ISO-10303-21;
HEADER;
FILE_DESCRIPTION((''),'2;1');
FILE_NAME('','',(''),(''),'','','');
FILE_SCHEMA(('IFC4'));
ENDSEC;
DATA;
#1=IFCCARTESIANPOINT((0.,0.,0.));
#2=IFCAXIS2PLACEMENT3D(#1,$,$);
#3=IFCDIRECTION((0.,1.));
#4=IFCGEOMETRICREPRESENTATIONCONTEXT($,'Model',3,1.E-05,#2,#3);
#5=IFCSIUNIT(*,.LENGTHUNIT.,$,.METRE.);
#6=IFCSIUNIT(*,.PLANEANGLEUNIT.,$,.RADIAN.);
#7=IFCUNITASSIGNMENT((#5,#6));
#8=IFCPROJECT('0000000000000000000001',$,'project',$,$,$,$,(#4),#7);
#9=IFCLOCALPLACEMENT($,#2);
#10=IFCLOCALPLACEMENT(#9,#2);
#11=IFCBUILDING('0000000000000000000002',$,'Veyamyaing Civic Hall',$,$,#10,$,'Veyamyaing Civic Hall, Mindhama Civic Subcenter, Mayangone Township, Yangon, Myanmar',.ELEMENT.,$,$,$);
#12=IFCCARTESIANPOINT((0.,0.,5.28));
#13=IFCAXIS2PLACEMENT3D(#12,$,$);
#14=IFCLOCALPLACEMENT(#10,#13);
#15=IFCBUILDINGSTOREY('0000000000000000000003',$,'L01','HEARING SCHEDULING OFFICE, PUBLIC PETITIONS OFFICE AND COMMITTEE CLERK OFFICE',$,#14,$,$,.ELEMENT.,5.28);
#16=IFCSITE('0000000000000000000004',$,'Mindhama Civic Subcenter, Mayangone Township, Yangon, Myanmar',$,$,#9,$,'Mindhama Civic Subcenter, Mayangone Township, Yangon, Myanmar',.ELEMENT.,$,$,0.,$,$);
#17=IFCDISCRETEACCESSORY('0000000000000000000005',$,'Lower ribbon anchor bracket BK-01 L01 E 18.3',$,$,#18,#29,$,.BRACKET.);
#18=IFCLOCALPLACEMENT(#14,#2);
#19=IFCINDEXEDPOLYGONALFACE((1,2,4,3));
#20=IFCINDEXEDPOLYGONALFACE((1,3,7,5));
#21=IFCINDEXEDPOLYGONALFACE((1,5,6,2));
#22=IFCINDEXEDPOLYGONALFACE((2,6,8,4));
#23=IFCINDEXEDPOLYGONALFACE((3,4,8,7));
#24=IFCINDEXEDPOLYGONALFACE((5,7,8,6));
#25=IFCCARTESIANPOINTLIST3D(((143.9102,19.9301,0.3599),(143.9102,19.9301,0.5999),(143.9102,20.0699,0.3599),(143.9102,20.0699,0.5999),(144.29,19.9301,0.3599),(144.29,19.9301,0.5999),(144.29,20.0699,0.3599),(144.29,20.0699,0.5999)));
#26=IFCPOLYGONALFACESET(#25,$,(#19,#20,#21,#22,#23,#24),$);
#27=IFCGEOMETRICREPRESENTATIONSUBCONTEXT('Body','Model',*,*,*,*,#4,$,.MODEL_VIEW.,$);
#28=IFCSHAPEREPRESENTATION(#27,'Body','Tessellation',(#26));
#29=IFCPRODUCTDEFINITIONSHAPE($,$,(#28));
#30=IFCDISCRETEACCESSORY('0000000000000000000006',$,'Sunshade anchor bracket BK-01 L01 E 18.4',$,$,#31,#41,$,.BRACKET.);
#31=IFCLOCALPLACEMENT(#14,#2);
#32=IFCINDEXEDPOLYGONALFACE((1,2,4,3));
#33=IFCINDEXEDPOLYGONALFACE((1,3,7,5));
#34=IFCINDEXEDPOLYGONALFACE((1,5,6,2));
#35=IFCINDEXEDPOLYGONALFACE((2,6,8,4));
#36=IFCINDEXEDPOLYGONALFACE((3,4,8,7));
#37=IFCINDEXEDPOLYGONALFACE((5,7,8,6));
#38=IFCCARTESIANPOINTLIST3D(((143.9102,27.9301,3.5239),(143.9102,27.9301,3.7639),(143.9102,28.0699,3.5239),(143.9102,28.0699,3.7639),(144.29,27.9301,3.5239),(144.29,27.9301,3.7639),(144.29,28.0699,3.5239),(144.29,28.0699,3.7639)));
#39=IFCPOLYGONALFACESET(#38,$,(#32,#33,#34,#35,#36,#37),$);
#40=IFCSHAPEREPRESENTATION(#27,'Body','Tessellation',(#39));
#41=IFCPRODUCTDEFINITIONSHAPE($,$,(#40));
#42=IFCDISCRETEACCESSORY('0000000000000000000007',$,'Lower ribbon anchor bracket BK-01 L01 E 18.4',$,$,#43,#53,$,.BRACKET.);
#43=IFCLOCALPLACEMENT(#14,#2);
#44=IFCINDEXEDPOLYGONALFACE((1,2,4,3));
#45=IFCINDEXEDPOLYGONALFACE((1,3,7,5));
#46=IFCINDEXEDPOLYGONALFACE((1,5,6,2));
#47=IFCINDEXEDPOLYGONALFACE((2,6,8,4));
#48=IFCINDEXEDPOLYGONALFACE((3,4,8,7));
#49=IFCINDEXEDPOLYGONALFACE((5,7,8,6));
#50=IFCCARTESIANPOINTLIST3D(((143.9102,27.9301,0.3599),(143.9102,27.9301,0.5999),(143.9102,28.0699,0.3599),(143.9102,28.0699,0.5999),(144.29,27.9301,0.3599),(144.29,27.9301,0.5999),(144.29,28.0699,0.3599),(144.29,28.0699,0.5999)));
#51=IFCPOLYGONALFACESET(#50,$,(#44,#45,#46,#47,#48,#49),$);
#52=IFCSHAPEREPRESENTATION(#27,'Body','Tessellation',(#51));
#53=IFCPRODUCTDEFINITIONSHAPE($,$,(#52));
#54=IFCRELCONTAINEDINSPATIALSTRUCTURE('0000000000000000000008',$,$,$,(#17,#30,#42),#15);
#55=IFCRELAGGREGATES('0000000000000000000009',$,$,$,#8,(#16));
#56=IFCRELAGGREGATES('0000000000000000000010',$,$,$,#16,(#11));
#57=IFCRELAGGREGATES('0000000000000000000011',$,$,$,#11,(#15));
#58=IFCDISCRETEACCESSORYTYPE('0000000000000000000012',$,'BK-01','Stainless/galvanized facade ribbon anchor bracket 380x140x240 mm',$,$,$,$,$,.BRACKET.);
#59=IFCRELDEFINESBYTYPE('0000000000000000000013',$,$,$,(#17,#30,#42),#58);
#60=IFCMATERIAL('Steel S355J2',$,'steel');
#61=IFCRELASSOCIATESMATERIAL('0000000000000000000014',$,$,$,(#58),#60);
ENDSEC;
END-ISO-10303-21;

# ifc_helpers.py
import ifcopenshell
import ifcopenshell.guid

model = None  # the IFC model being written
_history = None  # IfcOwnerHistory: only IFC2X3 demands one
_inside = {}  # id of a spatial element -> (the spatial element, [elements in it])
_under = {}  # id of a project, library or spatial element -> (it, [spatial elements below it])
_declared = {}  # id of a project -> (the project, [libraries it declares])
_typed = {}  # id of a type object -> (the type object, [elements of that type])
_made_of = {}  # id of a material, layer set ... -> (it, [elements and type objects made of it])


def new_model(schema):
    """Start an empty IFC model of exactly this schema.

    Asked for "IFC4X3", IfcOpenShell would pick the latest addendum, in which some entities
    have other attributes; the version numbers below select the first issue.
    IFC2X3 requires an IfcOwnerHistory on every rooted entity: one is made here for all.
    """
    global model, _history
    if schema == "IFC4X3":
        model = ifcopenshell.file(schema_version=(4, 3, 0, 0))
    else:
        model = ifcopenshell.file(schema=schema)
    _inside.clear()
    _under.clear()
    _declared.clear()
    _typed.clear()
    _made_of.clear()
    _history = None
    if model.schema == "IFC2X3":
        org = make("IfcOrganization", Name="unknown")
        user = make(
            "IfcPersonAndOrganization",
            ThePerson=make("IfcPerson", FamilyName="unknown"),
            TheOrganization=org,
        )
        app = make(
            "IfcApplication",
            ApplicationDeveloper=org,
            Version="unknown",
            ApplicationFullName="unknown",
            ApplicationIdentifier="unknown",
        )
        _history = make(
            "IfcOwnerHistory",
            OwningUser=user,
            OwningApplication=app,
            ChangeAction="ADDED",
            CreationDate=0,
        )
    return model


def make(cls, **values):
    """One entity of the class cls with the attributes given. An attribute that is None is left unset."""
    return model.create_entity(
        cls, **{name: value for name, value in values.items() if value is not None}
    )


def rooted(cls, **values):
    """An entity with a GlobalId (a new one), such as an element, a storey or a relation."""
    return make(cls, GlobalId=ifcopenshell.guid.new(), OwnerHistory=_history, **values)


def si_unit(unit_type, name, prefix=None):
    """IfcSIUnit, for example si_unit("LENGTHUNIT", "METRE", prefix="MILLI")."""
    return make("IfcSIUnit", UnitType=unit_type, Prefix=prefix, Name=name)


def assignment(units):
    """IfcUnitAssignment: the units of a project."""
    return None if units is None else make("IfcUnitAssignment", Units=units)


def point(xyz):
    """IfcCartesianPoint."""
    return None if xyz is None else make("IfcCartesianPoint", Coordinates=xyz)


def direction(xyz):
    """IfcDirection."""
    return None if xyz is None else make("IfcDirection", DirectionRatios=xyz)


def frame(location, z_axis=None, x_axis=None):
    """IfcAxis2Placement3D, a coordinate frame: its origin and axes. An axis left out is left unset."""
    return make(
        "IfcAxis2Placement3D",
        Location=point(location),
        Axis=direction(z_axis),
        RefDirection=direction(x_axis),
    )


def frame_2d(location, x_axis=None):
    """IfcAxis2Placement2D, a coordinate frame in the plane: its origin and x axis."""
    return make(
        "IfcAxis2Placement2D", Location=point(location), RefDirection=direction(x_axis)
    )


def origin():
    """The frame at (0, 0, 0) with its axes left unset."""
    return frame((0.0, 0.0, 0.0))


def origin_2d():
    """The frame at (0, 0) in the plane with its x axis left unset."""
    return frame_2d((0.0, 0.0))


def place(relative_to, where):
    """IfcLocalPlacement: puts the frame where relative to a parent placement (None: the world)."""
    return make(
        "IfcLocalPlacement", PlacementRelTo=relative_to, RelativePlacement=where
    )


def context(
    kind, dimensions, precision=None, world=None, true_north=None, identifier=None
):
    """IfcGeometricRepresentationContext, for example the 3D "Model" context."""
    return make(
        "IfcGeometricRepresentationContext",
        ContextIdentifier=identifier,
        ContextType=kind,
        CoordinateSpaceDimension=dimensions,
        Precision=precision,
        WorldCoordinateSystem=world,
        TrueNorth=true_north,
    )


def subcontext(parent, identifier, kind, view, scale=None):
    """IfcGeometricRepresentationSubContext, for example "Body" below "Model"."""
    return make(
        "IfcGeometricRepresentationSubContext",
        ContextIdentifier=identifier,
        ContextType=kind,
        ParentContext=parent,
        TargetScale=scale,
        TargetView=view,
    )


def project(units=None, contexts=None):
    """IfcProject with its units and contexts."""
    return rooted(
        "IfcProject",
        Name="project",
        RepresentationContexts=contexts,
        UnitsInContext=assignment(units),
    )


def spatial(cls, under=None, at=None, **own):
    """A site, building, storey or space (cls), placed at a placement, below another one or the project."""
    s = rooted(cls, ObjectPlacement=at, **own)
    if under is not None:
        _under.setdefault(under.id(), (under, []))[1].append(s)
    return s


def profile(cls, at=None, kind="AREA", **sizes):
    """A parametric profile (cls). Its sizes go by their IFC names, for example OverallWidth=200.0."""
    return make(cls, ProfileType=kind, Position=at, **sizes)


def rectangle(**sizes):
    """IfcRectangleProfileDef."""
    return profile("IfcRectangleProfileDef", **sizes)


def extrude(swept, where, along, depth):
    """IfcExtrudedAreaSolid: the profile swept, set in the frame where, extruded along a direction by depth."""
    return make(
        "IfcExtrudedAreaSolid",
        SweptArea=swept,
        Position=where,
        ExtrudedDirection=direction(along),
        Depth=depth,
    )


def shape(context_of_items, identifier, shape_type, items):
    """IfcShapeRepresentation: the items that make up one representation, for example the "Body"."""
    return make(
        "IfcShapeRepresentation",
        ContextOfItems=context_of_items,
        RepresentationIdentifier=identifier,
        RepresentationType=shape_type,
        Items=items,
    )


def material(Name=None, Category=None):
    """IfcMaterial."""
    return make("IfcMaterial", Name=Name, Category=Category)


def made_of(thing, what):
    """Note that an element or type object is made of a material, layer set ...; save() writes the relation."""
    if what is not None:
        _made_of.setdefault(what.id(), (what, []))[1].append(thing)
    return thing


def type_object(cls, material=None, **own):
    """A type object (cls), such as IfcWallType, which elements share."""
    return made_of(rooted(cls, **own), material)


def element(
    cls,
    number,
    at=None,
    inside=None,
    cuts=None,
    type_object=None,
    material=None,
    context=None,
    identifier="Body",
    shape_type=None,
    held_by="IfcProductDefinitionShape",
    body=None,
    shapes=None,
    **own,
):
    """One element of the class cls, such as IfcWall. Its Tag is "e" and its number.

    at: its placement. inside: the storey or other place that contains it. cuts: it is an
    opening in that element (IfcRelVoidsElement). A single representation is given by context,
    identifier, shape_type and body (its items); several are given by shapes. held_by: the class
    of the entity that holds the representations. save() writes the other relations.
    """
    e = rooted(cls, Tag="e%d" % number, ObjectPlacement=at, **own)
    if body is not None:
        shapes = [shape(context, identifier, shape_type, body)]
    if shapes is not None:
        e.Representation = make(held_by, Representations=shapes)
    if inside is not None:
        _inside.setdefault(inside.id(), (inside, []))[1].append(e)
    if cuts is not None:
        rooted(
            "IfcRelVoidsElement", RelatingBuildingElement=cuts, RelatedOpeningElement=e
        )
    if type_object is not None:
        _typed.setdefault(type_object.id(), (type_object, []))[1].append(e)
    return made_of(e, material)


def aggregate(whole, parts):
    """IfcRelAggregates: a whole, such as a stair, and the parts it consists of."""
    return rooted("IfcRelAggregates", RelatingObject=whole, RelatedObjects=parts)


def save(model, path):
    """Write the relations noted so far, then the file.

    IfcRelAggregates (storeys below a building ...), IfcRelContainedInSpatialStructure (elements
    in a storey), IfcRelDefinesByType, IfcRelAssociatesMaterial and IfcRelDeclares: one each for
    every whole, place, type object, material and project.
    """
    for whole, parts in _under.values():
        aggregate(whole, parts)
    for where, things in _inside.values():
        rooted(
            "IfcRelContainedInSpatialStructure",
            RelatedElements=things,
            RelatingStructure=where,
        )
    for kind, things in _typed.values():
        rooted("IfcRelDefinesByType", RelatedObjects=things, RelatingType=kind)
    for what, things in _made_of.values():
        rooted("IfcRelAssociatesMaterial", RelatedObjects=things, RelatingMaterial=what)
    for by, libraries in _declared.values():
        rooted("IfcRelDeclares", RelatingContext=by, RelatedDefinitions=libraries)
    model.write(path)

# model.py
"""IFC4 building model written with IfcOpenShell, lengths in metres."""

from ifc_helpers import new_model, si_unit, direction, frame, origin, origin_2d, place, context, subcontext, project, spatial, rectangle, extrude, material, type_object, element, save


model = new_model("IFC4")

# Units and contexts
model_context = context("Model", 3, precision=1e-05, world=origin(), true_north=direction((0.0, 1.0)))
body_context = subcontext(model_context, "Body", "Model", "MODEL_VIEW")
ifc_project = project(units=[si_unit("LENGTHUNIT", "METRE"), si_unit("PLANEANGLEUNIT", "RADIAN")], contexts=[model_context])

# Site, building, storey
site_placement = place(None, origin())
site = spatial("IfcSite", under=ifc_project, at=site_placement, Name="Mindhama Civic Subcenter, Mayangone Township, Yangon, Myanmar", LongName="Mindhama Civic Subcenter, Mayangone Township, Yangon, Myanmar", CompositionType="ELEMENT", RefElevation=0.0)
building_placement = place(site_placement, origin())
building = spatial("IfcBuilding", under=site, at=building_placement, Name="Veyamyaing Civic Hall", LongName="Veyamyaing Civic Hall, Mindhama Civic Subcenter, Mayangone Township, Yangon, Myanmar", CompositionType="ELEMENT")
storey_placement = place(building_placement, frame((0.0, 0.0, 5.28)))
storey = spatial("IfcBuildingStorey", under=building, at=storey_placement, Name="L01", Description="HEARING SCHEDULING OFFICE, PUBLIC PETITIONS OFFICE AND COMMITTEE CLERK OFFICE", CompositionType="ELEMENT", Elevation=5.28)

# Discrete accessories
ifc_material_1 = material(Name="Steel S355J2", Category="steel")
discrete_accessory_type = type_object("IfcDiscreteAccessoryType", Name="BK-01", Description="Stainless/galvanized facade ribbon anchor bracket 380x140x240 mm", PredefinedType="BRACKET", material=ifc_material_1)
for number, where, z_axis, x_axis, name in (
    (1, (144.1001, 20.0, 0.3599), (0.0, 0.0, 1.0), (1.0, 0.0, 0.0), "Lower ribbon anchor bracket BK-01 L01 E 18.3"),
    (2, (144.1001, 28.0, 3.5239), (0.0, 0.0, 1.0), (1.0, 0.0, 0.0), "Sunshade anchor bracket BK-01 L01 E 18.4"),
    (3, (144.1001, 28.0, 0.3599), (0.0, 0.0, 1.0), (1.0, 0.0, 0.0), "Lower ribbon anchor bracket BK-01 L01 E 18.4"),
):
    element("IfcDiscreteAccessory", number, at=place(storey_placement, frame(where, z_axis=z_axis, x_axis=x_axis)), inside=storey, type_object=discrete_accessory_type, Name=name, PredefinedType="BRACKET", context=body_context, shape_type="SweptSolid", body=[
        extrude(rectangle(XDim=0.3799, YDim=0.1399, at=origin_2d()), origin(), (0.0, 0.0, 1.0), 0.24),
    ])

save(model, "model.ifc")
